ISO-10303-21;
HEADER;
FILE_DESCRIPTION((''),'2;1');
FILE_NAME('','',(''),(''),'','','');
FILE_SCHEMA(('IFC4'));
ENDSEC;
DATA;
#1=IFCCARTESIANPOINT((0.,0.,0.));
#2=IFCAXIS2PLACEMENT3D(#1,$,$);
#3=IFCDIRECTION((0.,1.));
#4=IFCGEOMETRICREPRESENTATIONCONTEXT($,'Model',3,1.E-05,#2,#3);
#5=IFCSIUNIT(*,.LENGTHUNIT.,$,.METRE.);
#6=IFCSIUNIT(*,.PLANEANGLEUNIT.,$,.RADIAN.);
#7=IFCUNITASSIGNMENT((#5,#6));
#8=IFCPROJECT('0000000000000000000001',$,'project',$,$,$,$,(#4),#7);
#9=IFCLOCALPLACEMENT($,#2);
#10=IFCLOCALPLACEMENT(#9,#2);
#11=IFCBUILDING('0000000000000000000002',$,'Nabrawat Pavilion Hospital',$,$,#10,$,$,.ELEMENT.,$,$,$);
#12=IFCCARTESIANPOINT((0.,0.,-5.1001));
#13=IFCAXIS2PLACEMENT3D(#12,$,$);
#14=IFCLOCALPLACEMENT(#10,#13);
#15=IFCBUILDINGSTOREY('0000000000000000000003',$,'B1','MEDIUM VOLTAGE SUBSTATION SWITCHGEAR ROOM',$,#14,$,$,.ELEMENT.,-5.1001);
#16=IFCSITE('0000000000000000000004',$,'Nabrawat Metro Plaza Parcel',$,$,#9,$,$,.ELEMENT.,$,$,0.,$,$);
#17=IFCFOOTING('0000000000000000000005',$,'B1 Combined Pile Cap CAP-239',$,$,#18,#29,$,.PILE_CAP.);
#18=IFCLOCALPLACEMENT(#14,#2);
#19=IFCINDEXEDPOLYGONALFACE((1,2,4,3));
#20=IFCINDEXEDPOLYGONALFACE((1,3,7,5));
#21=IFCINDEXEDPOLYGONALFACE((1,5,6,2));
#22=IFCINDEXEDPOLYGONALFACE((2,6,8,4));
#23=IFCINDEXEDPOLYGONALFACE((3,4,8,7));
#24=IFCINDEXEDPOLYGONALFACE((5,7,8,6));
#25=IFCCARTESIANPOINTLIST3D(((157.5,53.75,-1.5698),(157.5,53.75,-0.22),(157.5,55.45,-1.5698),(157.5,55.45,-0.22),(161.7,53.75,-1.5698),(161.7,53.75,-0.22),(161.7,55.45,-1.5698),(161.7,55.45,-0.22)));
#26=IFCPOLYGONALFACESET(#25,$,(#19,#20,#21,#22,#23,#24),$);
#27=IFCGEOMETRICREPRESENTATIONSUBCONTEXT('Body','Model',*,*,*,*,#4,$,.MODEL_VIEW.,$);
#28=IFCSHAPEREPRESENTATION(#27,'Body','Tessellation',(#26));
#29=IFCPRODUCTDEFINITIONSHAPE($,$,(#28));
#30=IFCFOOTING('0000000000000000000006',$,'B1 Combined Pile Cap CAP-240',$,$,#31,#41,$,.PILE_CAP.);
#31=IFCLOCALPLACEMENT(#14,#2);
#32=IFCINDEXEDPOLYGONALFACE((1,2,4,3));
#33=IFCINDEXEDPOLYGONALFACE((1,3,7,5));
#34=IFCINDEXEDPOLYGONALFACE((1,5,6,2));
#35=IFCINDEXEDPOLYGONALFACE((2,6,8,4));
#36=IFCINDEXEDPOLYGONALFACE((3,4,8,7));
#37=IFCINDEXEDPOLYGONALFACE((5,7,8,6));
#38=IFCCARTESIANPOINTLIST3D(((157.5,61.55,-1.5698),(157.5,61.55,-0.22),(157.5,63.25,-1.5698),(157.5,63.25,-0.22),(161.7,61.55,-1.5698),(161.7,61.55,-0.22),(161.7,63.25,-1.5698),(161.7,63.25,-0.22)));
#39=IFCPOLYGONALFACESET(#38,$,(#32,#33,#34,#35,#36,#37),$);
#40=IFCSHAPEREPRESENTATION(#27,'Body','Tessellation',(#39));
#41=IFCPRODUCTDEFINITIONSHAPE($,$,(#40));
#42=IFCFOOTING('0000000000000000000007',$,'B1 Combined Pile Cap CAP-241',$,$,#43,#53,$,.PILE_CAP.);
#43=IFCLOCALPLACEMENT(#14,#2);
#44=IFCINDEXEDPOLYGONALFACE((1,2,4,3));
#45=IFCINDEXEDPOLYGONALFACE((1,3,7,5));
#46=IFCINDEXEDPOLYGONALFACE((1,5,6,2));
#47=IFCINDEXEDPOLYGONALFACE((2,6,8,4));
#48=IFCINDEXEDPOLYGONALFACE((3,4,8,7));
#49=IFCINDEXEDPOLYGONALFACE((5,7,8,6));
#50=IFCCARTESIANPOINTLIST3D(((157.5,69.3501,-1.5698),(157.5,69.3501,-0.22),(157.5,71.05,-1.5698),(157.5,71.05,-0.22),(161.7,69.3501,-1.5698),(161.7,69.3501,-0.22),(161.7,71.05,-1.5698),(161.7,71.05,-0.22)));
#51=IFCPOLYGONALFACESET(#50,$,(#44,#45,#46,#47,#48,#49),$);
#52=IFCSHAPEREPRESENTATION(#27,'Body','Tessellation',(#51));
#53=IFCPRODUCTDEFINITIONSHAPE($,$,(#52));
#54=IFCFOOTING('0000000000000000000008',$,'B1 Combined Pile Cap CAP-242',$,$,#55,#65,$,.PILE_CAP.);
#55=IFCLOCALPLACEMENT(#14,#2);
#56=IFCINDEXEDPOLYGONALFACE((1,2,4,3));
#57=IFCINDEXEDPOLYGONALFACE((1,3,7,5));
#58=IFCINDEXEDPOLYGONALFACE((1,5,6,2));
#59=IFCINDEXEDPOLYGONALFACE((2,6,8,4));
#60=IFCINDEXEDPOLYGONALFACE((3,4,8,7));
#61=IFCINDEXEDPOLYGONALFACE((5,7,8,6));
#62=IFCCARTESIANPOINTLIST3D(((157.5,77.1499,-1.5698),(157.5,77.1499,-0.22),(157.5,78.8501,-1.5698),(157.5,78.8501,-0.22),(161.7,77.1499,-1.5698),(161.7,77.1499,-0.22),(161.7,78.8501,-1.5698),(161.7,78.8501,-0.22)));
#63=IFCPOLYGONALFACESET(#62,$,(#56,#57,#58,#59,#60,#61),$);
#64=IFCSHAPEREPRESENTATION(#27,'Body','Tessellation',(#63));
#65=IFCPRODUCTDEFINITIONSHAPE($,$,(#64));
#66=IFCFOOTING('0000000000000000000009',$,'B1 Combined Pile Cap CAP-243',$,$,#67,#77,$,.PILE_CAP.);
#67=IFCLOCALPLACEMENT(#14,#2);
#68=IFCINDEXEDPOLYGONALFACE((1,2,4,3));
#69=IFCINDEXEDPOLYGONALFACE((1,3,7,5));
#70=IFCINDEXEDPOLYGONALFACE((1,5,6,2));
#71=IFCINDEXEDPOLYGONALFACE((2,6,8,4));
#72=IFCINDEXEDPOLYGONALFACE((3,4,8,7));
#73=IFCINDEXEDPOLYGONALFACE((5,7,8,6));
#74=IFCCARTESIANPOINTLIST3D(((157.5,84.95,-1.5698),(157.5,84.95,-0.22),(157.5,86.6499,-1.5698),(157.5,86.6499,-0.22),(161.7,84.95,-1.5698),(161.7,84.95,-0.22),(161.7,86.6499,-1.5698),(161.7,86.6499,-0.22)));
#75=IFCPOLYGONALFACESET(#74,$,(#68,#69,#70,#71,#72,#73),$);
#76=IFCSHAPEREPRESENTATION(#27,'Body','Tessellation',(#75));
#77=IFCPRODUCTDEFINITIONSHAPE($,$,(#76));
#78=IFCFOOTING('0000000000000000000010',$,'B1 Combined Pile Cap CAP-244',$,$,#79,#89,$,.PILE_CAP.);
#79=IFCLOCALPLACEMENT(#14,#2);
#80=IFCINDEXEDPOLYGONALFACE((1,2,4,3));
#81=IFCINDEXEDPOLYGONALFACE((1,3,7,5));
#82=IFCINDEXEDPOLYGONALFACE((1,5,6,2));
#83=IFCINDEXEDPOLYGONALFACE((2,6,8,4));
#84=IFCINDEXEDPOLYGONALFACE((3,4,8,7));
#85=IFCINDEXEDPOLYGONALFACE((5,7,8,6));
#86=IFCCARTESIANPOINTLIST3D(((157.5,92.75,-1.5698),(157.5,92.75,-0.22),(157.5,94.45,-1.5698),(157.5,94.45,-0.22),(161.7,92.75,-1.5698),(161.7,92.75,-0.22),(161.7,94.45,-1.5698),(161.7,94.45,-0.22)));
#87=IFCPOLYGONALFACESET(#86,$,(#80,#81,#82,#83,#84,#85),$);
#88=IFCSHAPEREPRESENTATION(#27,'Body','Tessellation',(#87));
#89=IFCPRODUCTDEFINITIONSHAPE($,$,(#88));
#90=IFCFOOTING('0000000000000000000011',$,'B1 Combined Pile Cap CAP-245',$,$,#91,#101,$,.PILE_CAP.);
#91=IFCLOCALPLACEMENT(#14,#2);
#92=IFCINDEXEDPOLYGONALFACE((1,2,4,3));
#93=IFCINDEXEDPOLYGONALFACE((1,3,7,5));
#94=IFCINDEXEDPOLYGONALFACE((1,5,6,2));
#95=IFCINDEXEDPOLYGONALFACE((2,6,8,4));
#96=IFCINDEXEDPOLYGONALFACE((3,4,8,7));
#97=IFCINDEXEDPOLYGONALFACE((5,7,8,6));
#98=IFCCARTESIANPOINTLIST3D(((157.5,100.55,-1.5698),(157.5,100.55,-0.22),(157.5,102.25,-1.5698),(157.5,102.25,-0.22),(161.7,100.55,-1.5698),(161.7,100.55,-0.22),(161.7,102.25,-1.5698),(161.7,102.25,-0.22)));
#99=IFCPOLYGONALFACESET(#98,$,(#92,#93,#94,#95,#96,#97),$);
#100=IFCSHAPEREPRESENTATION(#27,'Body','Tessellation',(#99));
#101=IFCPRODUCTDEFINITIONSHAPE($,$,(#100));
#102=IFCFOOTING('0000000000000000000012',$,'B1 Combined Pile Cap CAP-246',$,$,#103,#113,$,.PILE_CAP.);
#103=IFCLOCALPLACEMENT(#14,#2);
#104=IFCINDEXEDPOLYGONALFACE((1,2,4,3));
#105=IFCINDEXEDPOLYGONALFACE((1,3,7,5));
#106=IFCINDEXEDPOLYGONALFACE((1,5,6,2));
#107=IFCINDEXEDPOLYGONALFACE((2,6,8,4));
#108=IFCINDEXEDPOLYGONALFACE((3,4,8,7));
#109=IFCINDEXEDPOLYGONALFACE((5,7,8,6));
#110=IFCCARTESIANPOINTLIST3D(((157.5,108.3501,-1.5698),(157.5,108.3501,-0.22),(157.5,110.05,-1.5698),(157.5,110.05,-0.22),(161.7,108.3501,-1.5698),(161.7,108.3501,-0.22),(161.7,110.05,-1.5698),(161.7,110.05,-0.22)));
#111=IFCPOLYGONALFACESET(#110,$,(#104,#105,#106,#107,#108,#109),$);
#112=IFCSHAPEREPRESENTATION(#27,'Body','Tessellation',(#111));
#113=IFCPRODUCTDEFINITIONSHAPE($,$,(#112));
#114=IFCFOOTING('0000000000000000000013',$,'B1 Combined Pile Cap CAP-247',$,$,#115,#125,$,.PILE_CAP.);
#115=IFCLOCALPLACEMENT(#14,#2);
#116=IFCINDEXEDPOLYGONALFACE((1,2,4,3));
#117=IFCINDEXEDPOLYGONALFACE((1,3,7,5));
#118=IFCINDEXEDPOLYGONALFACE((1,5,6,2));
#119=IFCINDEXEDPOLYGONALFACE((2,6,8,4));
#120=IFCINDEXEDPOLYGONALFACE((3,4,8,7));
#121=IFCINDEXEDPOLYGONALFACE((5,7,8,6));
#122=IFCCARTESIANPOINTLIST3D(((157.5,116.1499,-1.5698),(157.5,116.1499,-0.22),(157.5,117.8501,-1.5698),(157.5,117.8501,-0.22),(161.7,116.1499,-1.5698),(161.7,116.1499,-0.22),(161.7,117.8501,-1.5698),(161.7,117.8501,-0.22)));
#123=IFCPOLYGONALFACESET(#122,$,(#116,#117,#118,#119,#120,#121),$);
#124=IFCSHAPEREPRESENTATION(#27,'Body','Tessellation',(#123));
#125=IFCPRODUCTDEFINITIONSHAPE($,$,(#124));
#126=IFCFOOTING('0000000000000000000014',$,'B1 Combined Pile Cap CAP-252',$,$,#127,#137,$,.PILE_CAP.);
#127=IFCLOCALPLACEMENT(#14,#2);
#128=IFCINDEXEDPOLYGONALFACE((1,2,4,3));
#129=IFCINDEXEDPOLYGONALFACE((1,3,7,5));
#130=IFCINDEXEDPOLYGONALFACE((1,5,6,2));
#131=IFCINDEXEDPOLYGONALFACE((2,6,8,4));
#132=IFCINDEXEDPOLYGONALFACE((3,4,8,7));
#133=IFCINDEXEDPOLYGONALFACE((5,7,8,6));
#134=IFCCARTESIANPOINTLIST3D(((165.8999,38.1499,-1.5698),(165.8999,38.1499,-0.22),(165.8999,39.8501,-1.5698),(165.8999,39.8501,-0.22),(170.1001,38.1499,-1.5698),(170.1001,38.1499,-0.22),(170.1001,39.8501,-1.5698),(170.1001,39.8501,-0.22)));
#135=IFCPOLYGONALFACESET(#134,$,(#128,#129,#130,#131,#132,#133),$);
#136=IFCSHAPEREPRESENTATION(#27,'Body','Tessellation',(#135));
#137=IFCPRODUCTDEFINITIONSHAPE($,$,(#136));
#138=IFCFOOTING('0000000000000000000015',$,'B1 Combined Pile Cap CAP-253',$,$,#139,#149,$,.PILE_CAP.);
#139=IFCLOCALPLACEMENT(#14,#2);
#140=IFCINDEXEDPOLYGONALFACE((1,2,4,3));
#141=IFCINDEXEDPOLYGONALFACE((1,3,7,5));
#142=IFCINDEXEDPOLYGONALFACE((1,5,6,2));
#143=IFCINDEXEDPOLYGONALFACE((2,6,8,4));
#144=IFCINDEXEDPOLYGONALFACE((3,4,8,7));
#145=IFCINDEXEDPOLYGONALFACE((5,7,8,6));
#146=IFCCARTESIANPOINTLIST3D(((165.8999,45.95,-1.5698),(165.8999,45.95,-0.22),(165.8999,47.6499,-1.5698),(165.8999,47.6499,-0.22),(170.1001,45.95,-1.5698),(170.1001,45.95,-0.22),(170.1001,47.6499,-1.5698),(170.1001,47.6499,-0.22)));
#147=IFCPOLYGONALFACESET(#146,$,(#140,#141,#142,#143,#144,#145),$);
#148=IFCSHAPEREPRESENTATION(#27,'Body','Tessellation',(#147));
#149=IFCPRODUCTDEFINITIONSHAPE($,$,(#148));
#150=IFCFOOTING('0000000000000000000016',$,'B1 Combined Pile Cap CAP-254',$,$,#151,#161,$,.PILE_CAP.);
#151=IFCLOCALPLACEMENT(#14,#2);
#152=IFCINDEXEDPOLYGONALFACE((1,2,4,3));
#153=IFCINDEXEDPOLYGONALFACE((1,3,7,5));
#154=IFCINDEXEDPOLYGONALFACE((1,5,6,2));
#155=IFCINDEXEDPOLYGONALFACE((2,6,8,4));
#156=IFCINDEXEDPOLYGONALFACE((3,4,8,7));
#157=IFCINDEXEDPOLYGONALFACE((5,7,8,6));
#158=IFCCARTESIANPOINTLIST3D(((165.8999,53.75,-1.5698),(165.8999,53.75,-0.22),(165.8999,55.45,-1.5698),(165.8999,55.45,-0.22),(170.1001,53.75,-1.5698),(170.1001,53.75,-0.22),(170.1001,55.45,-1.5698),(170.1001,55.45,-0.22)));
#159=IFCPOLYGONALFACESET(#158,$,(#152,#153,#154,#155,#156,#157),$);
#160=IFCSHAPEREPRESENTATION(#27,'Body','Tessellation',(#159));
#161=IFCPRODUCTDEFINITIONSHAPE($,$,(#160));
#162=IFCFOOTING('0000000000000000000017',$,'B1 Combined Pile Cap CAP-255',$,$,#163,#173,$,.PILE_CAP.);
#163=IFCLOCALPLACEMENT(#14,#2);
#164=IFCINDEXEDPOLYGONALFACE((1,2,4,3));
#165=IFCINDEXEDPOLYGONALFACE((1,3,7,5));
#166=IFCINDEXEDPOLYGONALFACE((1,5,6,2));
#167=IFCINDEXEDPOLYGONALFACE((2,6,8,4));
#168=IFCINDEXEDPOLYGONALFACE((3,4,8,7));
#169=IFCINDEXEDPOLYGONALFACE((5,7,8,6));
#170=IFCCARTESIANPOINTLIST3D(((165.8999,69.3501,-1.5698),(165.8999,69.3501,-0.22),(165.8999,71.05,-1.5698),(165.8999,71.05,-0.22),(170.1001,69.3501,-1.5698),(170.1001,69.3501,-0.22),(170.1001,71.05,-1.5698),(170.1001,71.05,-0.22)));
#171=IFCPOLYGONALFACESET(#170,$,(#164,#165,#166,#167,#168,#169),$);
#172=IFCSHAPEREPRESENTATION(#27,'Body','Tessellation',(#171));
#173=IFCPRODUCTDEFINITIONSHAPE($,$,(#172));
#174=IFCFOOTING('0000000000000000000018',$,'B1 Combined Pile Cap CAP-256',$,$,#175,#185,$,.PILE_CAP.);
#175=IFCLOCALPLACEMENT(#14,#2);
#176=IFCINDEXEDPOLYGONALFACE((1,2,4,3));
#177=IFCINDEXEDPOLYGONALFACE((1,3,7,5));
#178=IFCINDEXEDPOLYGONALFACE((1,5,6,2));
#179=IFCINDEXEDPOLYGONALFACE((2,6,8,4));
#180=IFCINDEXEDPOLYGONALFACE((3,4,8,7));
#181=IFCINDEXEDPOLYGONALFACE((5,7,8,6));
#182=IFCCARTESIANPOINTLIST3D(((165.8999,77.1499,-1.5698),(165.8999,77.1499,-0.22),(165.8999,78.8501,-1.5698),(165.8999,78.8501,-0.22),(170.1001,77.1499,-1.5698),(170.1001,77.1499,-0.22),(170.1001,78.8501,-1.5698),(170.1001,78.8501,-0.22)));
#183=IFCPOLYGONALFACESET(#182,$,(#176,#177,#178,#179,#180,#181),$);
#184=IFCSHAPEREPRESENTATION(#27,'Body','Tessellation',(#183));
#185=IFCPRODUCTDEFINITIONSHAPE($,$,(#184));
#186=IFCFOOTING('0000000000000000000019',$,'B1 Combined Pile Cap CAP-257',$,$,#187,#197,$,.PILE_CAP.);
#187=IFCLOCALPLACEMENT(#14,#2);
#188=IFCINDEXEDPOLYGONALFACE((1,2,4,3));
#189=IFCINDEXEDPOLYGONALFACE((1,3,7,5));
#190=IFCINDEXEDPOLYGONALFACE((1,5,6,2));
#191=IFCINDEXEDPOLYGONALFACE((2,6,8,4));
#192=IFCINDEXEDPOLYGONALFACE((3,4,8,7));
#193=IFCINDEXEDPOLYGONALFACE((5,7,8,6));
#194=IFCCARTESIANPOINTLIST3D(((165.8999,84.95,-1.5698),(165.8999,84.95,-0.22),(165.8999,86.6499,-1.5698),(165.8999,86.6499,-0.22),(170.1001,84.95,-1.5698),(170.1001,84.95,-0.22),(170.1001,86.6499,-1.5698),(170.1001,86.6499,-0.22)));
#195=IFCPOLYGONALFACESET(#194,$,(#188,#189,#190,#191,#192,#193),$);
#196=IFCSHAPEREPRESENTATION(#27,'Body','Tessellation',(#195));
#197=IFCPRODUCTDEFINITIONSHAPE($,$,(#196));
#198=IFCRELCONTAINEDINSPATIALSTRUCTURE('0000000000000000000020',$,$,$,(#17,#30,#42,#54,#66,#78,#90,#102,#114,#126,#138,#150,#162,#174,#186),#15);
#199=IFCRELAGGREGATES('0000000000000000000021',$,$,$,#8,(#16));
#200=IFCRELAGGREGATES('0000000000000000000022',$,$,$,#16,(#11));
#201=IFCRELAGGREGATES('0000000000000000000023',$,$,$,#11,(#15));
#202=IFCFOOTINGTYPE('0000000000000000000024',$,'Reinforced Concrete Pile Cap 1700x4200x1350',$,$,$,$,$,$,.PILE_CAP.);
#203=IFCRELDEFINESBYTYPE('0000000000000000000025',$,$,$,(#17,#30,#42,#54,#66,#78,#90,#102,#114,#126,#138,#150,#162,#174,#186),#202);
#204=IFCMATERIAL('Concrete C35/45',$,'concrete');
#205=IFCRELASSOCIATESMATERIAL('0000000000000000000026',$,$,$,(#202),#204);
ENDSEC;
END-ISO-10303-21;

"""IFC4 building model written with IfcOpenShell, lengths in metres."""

from ifc_helpers import new_model, si_unit, direction, frame, origin, place, context, subcontext, project, spatial, polyline, outline, extrude, material, type_object, element, save


model = new_model("IFC4")

# Units and contexts
model_context = context("Model", 3, precision=1e-05, world=origin(), true_north=direction((0.0, 1.0)))
body_context = subcontext(model_context, "Body", "Model", "MODEL_VIEW")
ifc_project = project(units=[si_unit("LENGTHUNIT", "METRE"), si_unit("PLANEANGLEUNIT", "RADIAN")], contexts=[model_context])

# Site, building, storey
site_placement = place(None, origin())
site = spatial("IfcSite", under=ifc_project, at=site_placement, Name="Nabrawat Metro Plaza Parcel", CompositionType="ELEMENT", RefElevation=0.0)
building_placement = place(site_placement, origin())
building = spatial("IfcBuilding", under=site, at=building_placement, Name="Nabrawat Pavilion Hospital", CompositionType="ELEMENT")
storey_placement = place(building_placement, frame((0.0, 0.0, -5.1001)))
storey = spatial("IfcBuildingStorey", under=building, at=storey_placement, Name="B1", Description="MEDIUM VOLTAGE SUBSTATION SWITCHGEAR ROOM", CompositionType="ELEMENT", Elevation=-5.1001)

# Footings
ifc_material = material(Name="Concrete C35/45", Category="concrete")
footing_type = type_object("IfcFootingType", Name="Reinforced Concrete Pile Cap 1700x4200x1350", PredefinedType="PILE_CAP", material=ifc_material)
footing_1_placement = place(storey_placement, frame((0.0, 0.0, -1.5698)))
element("IfcFooting", 1, at=footing_1_placement, inside=storey, type_object=footing_type, Name="B1 Combined Pile Cap CAP-239", PredefinedType="PILE_CAP", context=body_context, shape_type="SweptSolid", body=[
    extrude(outline(polyline([(161.7, 53.75), (161.7, 55.45), (157.5, 55.45), (157.5, 53.75), (161.7, 53.75)])), origin(), (0.0, 0.0, 1.0), 1.3499),
])
footing_2_placement = place(storey_placement, frame((0.0, 0.0, -1.5698)))
element("IfcFooting", 2, at=footing_2_placement, inside=storey, type_object=footing_type, Name="B1 Combined Pile Cap CAP-240", PredefinedType="PILE_CAP", context=body_context, shape_type="SweptSolid", body=[
    extrude(outline(polyline([(161.7, 61.55), (161.7, 63.25), (157.5, 63.25), (157.5, 61.55), (161.7, 61.55)])), origin(), (0.0, 0.0, 1.0), 1.3499),
])
footing_3_placement = place(storey_placement, frame((0.0, 0.0, -1.5698)))
element("IfcFooting", 3, at=footing_3_placement, inside=storey, type_object=footing_type, Name="B1 Combined Pile Cap CAP-241", PredefinedType="PILE_CAP", context=body_context, shape_type="SweptSolid", body=[
    extrude(outline(polyline([(161.7, 69.3501), (161.7, 71.05), (157.5, 71.05), (157.5, 69.3501), (161.7, 69.3501)])), origin(), (0.0, 0.0, 1.0), 1.3499),
])
footing_4_placement = place(storey_placement, frame((0.0, 0.0, -1.5698)))
element("IfcFooting", 4, at=footing_4_placement, inside=storey, type_object=footing_type, Name="B1 Combined Pile Cap CAP-242", PredefinedType="PILE_CAP", context=body_context, shape_type="SweptSolid", body=[
    extrude(outline(polyline([(161.7, 77.1499), (161.7, 78.8501), (157.5, 78.8501), (157.5, 77.1499), (161.7, 77.1499)])), origin(), (0.0, 0.0, 1.0), 1.3499),
])
footing_5_placement = place(storey_placement, frame((0.0, 0.0, -1.5698)))
element("IfcFooting", 5, at=footing_5_placement, inside=storey, type_object=footing_type, Name="B1 Combined Pile Cap CAP-243", PredefinedType="PILE_CAP", context=body_context, shape_type="SweptSolid", body=[
    extrude(outline(polyline([(161.7, 84.95), (161.7, 86.6499), (157.5, 86.6499), (157.5, 84.95), (161.7, 84.95)])), origin(), (0.0, 0.0, 1.0), 1.3499),
])
footing_6_placement = place(storey_placement, frame((0.0, 0.0, -1.5698)))
element("IfcFooting", 6, at=footing_6_placement, inside=storey, type_object=footing_type, Name="B1 Combined Pile Cap CAP-244", PredefinedType="PILE_CAP", context=body_context, shape_type="SweptSolid", body=[
    extrude(outline(polyline([(161.7, 92.75), (161.7, 94.45), (157.5, 94.45), (157.5, 92.75), (161.7, 92.75)])), origin(), (0.0, 0.0, 1.0), 1.3499),
])
footing_7_placement = place(storey_placement, frame((0.0, 0.0, -1.5698)))
element("IfcFooting", 7, at=footing_7_placement, inside=storey, type_object=footing_type, Name="B1 Combined Pile Cap CAP-245", PredefinedType="PILE_CAP", context=body_context, shape_type="SweptSolid", body=[
    extrude(outline(polyline([(161.7, 100.55), (161.7, 102.25), (157.5, 102.25), (157.5, 100.55), (161.7, 100.55)])), origin(), (0.0, 0.0, 1.0), 1.3499),
])
footing_8_placement = place(storey_placement, frame((0.0, 0.0, -1.5698)))
element("IfcFooting", 8, at=footing_8_placement, inside=storey, type_object=footing_type, Name="B1 Combined Pile Cap CAP-246", PredefinedType="PILE_CAP", context=body_context, shape_type="SweptSolid", body=[
    extrude(outline(polyline([(161.7, 108.3501), (161.7, 110.05), (157.5, 110.05), (157.5, 108.3501), (161.7, 108.3501)])), origin(), (0.0, 0.0, 1.0), 1.3499),
])
footing_9_placement = place(storey_placement, frame((0.0, 0.0, -1.5698)))
element("IfcFooting", 9, at=footing_9_placement, inside=storey, type_object=footing_type, Name="B1 Combined Pile Cap CAP-247", PredefinedType="PILE_CAP", context=body_context, shape_type="SweptSolid", body=[
    extrude(outline(polyline([(161.7, 116.1499), (161.7, 117.8501), (157.5, 117.8501), (157.5, 116.1499), (161.7, 116.1499)])), origin(), (0.0, 0.0, 1.0), 1.3499),
])
footing_10_placement = place(storey_placement, frame((0.0, 0.0, -1.5698)))
element("IfcFooting", 10, at=footing_10_placement, inside=storey, type_object=footing_type, Name="B1 Combined Pile Cap CAP-252", PredefinedType="PILE_CAP", context=body_context, shape_type="SweptSolid", body=[
    extrude(outline(polyline([(170.1001, 38.1499), (170.1001, 39.8501), (165.8999, 39.8501), (165.8999, 38.1499), (170.1001, 38.1499)])), origin(), (0.0, 0.0, 1.0), 1.3499),
])
footing_11_placement = place(storey_placement, frame((0.0, 0.0, -1.5698)))
element("IfcFooting", 11, at=footing_11_placement, inside=storey, type_object=footing_type, Name="B1 Combined Pile Cap CAP-253", PredefinedType="PILE_CAP", context=body_context, shape_type="SweptSolid", body=[
    extrude(outline(polyline([(170.1001, 45.95), (170.1001, 47.6499), (165.8999, 47.6499), (165.8999, 45.95), (170.1001, 45.95)])), origin(), (0.0, 0.0, 1.0), 1.3499),
])
footing_12_placement = place(storey_placement, frame((0.0, 0.0, -1.5698)))
element("IfcFooting", 12, at=footing_12_placement, inside=storey, type_object=footing_type, Name="B1 Combined Pile Cap CAP-254", PredefinedType="PILE_CAP", context=body_context, shape_type="SweptSolid", body=[
    extrude(outline(polyline([(170.1001, 53.75), (170.1001, 55.45), (165.8999, 55.45), (165.8999, 53.75), (170.1001, 53.75)])), origin(), (0.0, 0.0, 1.0), 1.3499),
])
footing_13_placement = place(storey_placement, frame((0.0, 0.0, -1.5698)))
element("IfcFooting", 13, at=footing_13_placement, inside=storey, type_object=footing_type, Name="B1 Combined Pile Cap CAP-255", PredefinedType="PILE_CAP", context=body_context, shape_type="SweptSolid", body=[
    extrude(outline(polyline([(170.1001, 69.3501), (170.1001, 71.05), (165.8999, 71.05), (165.8999, 69.3501), (170.1001, 69.3501)])), origin(), (0.0, 0.0, 1.0), 1.3499),
])
footing_14_placement = place(storey_placement, frame((0.0, 0.0, -1.5698)))
element("IfcFooting", 14, at=footing_14_placement, inside=storey, type_object=footing_type, Name="B1 Combined Pile Cap CAP-256", PredefinedType="PILE_CAP", context=body_context, shape_type="SweptSolid", body=[
    extrude(outline(polyline([(170.1001, 77.1499), (170.1001, 78.8501), (165.8999, 78.8501), (165.8999, 77.1499), (170.1001, 77.1499)])), origin(), (0.0, 0.0, 1.0), 1.3499),
])
footing_15_placement = place(storey_placement, frame((0.0, 0.0, -1.5698)))
element("IfcFooting", 15, at=footing_15_placement, inside=storey, type_object=footing_type, Name="B1 Combined Pile Cap CAP-257", PredefinedType="PILE_CAP", context=body_context, shape_type="SweptSolid", body=[
    extrude(outline(polyline([(170.1001, 84.95), (170.1001, 86.6499), (165.8999, 86.6499), (165.8999, 84.95), (170.1001, 84.95)])), origin(), (0.0, 0.0, 1.0), 1.3499),
])

save(model, "model.ifc")
